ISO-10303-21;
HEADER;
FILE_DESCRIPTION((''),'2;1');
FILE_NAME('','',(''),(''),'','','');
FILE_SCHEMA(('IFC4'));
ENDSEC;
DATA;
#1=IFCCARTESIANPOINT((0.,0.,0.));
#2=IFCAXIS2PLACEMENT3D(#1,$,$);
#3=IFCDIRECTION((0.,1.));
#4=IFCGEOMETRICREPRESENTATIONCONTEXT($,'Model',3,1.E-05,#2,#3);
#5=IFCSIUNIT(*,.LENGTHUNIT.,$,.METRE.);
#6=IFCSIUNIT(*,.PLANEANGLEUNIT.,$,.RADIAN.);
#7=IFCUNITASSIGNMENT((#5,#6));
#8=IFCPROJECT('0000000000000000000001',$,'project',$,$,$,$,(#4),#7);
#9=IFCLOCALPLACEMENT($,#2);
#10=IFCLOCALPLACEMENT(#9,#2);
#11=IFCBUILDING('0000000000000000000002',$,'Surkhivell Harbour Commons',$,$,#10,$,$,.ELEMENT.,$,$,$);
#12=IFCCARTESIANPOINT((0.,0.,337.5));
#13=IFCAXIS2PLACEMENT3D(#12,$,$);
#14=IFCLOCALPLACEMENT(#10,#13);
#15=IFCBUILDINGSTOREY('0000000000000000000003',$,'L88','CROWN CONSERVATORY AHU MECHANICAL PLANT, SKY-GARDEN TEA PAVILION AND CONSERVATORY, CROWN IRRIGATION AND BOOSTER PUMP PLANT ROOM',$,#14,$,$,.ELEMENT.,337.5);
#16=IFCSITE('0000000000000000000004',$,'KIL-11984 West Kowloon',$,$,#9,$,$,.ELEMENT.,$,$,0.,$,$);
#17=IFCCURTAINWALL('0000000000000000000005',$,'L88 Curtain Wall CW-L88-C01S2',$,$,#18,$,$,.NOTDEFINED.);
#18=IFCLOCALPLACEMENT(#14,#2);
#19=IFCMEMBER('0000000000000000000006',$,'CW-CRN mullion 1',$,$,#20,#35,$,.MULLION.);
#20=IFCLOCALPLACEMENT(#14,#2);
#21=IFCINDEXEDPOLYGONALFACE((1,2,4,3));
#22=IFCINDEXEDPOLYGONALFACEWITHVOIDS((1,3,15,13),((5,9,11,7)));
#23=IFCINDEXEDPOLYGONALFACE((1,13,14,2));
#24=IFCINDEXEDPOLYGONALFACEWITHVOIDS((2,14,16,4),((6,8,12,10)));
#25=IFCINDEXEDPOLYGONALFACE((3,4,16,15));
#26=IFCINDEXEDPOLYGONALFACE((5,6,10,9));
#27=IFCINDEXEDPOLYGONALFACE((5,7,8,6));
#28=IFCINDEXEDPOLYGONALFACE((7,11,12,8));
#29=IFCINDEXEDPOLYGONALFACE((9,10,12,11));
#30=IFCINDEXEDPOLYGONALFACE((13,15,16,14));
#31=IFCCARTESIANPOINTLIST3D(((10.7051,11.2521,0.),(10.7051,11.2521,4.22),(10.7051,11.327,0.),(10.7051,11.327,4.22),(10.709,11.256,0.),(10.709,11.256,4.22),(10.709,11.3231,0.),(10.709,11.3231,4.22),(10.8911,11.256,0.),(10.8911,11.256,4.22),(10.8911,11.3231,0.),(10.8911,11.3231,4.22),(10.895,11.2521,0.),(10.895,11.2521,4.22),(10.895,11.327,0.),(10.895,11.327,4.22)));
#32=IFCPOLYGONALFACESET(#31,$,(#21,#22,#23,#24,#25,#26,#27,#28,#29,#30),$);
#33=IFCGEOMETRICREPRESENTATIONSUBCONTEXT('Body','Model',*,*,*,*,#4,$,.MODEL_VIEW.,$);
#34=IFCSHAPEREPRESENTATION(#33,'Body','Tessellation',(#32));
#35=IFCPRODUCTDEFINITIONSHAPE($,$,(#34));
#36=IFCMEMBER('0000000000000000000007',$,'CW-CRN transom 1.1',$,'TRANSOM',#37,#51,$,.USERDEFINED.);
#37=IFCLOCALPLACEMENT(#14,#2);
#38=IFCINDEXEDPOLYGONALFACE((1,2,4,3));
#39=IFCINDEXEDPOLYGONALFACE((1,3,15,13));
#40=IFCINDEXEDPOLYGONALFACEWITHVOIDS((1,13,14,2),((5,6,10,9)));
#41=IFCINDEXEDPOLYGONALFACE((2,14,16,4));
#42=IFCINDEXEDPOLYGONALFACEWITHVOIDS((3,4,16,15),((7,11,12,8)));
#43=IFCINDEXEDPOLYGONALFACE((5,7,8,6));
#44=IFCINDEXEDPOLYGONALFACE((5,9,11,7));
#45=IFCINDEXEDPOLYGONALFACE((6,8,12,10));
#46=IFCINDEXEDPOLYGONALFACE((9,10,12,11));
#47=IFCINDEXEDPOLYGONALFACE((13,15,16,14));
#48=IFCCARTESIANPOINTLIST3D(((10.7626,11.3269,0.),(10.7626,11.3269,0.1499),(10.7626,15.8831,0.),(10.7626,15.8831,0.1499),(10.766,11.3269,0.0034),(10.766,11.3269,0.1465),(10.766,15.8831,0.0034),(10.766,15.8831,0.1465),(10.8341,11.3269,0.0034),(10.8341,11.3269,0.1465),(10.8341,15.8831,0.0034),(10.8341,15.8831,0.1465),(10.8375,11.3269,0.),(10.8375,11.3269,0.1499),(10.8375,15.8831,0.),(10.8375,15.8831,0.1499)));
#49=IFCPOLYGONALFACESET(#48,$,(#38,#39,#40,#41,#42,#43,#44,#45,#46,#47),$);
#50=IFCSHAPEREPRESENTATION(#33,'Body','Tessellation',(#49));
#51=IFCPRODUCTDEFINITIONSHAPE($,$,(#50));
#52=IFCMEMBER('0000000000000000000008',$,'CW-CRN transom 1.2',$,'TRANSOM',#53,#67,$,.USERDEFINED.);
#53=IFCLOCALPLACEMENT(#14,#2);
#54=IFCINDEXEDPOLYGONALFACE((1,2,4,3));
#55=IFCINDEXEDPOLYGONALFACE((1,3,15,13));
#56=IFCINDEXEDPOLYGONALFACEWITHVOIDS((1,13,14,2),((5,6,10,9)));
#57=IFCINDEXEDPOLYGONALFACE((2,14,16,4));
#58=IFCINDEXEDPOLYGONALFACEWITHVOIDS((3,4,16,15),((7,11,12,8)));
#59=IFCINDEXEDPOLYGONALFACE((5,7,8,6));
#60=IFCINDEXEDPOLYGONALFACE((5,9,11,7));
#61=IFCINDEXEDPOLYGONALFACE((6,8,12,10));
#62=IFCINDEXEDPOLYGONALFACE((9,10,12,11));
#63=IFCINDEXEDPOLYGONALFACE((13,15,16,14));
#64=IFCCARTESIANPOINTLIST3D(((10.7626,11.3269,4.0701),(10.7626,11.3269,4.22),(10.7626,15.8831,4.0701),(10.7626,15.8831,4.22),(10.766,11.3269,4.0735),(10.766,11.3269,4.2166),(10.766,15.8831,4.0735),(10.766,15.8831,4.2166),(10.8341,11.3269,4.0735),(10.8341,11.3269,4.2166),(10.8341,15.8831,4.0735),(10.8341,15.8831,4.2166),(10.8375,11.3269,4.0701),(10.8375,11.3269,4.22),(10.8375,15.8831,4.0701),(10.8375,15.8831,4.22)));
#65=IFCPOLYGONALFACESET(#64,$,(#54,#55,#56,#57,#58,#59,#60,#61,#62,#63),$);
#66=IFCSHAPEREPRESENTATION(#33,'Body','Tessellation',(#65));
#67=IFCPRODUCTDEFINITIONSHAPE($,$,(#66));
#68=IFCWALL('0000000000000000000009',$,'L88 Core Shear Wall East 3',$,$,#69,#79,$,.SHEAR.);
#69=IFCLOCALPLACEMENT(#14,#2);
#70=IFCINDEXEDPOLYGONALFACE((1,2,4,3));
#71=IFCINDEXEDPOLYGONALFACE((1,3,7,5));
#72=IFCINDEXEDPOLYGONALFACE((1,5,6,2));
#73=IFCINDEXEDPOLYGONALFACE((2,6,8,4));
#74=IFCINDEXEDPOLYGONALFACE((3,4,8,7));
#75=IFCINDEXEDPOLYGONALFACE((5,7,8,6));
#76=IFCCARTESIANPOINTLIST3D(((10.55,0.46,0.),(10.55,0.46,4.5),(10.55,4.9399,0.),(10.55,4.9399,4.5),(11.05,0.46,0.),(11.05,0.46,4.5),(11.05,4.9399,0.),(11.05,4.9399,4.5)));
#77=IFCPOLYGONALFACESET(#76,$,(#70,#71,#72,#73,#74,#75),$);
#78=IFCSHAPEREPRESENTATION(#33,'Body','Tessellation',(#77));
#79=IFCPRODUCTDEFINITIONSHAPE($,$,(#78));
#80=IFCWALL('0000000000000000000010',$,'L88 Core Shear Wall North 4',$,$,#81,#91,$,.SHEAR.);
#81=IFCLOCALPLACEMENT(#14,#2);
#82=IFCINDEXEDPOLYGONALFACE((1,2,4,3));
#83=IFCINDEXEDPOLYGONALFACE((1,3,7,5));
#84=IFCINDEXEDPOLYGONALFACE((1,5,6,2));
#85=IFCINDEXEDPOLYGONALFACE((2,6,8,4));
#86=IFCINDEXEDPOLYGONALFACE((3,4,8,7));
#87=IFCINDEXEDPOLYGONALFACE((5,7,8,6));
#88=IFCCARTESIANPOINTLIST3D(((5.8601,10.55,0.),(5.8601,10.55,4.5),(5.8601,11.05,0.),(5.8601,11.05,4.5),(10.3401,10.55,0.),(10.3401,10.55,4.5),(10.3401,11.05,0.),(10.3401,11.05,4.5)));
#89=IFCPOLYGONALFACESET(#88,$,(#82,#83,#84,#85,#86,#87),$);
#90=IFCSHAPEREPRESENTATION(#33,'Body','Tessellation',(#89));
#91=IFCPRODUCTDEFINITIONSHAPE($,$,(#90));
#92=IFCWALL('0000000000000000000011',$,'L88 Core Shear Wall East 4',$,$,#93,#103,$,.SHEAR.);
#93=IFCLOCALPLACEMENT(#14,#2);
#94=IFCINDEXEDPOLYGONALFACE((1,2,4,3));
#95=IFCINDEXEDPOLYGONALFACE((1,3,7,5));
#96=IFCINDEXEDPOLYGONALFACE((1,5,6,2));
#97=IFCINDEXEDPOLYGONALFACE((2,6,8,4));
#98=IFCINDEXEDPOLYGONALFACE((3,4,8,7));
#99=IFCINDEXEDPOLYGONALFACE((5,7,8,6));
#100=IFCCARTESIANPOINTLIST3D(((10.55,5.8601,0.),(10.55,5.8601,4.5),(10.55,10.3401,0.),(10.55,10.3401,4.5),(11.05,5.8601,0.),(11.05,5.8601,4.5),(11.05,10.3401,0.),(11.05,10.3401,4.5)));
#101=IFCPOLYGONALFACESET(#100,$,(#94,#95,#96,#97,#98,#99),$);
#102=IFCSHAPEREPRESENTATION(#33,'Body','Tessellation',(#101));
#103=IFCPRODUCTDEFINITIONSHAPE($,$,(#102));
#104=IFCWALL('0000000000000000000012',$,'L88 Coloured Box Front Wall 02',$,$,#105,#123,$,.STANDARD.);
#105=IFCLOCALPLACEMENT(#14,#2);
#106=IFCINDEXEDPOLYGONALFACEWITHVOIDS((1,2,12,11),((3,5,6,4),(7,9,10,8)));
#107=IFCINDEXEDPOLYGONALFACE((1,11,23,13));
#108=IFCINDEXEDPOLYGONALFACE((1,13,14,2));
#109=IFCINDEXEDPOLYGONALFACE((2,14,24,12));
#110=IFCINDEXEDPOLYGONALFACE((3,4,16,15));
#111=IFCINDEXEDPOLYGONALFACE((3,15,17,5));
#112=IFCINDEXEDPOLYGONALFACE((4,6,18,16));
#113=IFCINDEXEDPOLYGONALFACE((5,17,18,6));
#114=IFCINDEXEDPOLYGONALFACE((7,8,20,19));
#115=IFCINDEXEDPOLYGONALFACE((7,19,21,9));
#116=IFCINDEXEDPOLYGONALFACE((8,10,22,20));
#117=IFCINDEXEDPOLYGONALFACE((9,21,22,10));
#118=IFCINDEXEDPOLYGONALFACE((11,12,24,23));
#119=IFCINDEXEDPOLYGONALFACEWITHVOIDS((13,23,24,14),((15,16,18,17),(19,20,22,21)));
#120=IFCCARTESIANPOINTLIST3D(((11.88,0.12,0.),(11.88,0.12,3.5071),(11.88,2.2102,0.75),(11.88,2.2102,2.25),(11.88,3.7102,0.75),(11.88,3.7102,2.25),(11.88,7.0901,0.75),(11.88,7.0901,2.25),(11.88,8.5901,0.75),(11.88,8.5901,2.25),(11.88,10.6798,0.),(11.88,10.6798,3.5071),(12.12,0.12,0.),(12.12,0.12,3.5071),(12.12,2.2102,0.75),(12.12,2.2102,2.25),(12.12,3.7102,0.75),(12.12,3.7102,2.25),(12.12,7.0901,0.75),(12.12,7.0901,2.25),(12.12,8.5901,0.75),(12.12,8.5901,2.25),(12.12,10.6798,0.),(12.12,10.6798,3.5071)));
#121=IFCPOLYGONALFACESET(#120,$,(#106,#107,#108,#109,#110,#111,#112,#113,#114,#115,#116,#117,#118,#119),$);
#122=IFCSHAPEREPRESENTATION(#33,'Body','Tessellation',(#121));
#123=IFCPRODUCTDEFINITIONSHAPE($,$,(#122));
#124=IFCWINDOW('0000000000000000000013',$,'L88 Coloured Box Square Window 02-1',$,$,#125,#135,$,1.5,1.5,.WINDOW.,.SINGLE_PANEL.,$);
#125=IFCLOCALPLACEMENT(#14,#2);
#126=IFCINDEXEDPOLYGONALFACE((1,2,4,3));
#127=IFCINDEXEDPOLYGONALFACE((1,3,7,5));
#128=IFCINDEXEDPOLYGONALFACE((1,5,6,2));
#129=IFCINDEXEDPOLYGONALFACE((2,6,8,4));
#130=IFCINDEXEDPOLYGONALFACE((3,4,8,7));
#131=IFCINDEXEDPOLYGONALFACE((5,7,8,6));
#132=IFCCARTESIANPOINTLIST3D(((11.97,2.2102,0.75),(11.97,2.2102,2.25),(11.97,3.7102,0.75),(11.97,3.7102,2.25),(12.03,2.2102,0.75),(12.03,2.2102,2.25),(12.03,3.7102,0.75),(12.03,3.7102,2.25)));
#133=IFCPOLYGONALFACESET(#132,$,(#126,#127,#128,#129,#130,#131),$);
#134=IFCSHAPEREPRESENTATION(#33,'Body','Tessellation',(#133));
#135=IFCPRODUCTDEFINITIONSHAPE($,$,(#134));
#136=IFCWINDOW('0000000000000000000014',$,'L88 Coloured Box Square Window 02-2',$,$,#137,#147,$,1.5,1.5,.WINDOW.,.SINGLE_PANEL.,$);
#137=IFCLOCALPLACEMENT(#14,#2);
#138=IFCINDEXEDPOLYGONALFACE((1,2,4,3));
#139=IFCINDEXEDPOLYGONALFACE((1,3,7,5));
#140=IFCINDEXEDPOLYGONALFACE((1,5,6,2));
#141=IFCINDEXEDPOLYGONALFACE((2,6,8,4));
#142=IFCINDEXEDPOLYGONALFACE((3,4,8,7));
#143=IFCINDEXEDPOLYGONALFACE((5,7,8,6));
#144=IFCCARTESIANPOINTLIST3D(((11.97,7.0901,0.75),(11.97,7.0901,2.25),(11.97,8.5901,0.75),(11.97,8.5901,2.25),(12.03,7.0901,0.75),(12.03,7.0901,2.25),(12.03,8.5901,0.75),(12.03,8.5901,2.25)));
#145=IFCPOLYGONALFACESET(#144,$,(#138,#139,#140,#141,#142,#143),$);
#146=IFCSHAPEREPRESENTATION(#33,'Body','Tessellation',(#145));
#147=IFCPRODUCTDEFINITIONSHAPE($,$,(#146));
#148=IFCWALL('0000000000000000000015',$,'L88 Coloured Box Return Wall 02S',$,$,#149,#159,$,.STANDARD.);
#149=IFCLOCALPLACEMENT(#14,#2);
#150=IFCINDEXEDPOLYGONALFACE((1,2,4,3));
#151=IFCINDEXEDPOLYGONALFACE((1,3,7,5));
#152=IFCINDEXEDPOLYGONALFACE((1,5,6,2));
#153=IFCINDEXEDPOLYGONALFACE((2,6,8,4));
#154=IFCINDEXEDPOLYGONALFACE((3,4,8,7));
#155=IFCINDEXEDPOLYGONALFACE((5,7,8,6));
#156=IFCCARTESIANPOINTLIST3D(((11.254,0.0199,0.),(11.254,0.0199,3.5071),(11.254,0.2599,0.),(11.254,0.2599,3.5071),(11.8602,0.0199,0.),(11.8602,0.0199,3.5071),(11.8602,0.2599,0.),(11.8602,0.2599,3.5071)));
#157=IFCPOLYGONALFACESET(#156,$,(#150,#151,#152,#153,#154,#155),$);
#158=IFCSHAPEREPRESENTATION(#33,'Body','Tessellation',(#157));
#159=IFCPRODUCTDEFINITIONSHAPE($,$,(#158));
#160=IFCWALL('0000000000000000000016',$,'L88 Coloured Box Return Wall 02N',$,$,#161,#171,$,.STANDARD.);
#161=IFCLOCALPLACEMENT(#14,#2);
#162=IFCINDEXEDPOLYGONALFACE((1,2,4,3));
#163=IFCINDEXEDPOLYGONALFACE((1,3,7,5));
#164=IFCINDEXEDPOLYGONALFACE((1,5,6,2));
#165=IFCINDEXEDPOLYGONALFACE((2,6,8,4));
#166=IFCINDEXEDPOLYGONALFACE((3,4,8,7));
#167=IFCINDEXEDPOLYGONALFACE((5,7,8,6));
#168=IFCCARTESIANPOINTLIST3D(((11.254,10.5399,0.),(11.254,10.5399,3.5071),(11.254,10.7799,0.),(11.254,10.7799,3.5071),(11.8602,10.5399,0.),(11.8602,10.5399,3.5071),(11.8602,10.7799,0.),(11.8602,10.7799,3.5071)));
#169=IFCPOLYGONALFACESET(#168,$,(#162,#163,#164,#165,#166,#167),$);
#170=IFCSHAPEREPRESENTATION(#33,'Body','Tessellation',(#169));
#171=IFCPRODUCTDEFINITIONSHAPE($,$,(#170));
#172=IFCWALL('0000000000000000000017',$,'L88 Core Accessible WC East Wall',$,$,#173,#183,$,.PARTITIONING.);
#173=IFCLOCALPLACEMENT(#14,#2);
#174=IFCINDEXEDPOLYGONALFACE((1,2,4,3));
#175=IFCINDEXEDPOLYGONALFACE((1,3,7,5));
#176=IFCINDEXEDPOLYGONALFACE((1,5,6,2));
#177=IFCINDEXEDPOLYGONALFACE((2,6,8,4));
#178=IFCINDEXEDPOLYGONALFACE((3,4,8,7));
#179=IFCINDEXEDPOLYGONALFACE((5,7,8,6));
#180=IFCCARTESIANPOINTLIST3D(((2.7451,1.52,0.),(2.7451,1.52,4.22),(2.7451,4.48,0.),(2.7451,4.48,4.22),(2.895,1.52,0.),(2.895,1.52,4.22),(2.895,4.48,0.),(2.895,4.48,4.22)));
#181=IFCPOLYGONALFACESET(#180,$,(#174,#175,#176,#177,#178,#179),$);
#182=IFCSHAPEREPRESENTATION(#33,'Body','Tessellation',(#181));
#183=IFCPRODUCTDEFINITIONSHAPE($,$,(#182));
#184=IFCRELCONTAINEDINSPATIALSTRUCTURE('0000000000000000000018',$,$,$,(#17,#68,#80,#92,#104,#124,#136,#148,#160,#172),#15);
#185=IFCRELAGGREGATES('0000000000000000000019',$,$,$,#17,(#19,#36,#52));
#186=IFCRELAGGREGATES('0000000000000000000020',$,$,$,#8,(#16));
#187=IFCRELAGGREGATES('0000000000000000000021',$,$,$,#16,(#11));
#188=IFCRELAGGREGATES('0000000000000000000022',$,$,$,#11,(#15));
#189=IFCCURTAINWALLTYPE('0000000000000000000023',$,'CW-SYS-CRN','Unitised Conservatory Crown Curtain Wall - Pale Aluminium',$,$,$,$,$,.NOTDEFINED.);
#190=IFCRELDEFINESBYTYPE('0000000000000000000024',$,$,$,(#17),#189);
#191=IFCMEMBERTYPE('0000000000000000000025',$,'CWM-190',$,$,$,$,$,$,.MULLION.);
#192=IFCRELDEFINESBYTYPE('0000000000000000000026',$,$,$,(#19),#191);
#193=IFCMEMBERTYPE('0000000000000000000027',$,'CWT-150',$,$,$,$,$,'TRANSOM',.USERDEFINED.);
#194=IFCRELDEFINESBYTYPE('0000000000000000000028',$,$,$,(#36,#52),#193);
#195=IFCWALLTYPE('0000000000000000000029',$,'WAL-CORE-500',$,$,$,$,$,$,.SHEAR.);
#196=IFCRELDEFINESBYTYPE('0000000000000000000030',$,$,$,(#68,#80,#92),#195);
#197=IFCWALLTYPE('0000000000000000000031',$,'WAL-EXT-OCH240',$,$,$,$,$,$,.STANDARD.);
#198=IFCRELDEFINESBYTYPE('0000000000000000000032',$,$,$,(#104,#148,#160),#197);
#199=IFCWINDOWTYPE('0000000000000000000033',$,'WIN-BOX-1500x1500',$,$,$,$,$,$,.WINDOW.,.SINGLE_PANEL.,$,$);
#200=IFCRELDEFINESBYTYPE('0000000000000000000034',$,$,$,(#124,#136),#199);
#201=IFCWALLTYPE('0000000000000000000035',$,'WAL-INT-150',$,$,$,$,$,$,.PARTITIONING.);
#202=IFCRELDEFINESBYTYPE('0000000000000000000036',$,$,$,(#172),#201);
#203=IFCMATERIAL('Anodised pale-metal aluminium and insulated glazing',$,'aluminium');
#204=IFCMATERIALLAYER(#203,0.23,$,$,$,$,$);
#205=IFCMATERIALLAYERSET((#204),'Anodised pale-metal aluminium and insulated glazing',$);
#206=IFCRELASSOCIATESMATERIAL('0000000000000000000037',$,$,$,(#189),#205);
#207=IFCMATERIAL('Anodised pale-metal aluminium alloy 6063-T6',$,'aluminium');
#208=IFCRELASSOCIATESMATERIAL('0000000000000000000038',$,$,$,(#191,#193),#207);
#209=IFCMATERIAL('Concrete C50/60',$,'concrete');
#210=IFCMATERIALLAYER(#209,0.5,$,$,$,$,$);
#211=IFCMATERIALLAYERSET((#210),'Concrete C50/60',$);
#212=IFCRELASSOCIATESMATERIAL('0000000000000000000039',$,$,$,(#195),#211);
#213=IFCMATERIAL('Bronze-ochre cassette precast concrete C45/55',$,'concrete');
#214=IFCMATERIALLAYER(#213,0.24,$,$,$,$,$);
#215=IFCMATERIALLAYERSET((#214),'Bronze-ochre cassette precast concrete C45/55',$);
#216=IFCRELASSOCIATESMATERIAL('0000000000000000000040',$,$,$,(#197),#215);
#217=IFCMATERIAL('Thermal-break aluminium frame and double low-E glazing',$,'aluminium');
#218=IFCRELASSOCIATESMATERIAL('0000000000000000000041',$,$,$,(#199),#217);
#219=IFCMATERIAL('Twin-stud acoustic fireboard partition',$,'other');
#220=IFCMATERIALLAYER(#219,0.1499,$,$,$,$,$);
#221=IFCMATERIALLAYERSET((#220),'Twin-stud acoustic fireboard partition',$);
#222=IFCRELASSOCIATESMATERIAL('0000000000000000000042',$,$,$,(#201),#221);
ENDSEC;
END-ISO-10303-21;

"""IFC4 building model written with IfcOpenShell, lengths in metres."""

from ifc_helpers import new_model, si_unit, direction, frame, frame_2d, origin, origin_2d, place, context, subcontext, project, spatial, rectangle, hollow_rectangle, extrude, material, layer, layer_set, material_profile, profile_set, type_object, element, fill, aggregate, save


model = new_model("IFC4")

# Units and contexts
model_context = context("Model", 3, precision=1e-05, world=origin(), true_north=direction((0.0, 1.0)))
body_context = subcontext(model_context, "Body", "Model", "MODEL_VIEW")
ifc_project = project(units=[si_unit("LENGTHUNIT", "METRE"), si_unit("PLANEANGLEUNIT", "RADIAN")], contexts=[model_context])

# Site, building, storey
site_placement = place(None, origin())
site = spatial("IfcSite", under=ifc_project, at=site_placement, Name="KIL-11984 West Kowloon", CompositionType="ELEMENT", RefElevation=0.0)
building_placement = place(site_placement, origin())
building = spatial("IfcBuilding", under=site, at=building_placement, Name="Surkhivell Harbour Commons", CompositionType="ELEMENT")
storey_placement = place(building_placement, frame((0.0, 0.0, 337.5)))
storey = spatial("IfcBuildingStorey", under=building, at=storey_placement, Name="L88", Description="CROWN CONSERVATORY AHU MECHANICAL PLANT, SKY-GARDEN TEA PAVILION AND CONSERVATORY, CROWN IRRIGATION AND BOOSTER PUMP PLANT ROOM", CompositionType="ELEMENT", Elevation=337.5)

# Curtain wall, members
ifc_material_1 = material(Name="Anodised pale-metal aluminium and insulated glazing", Category="aluminium")
ifc_layer_1 = layer(ifc_material_1, 0.23)
ifc_layer_set_1 = layer_set([ifc_layer_1], Name="Anodised pale-metal aluminium and insulated glazing")
curtain_wall_type = type_object("IfcCurtainWallType", Name="CW-SYS-CRN", Description="Unitised Conservatory Crown Curtain Wall - Pale Aluminium", PredefinedType="NOTDEFINED", material=ifc_layer_set_1)
curtain_wall_placement = place(storey_placement, origin())
curtain_wall = element("IfcCurtainWall", 1, at=curtain_wall_placement, inside=storey, type_object=curtain_wall_type, Name="L88 Curtain Wall CW-L88-C01S2", PredefinedType="NOTDEFINED")
ifc_material_2 = material(Name="Anodised pale-metal aluminium alloy 6063-T6", Category="aluminium")
ifc_material_profile_1 = material_profile(ifc_material_2, hollow_rectangle(XDim=0.075, YDim=0.1899, WallThickness=0.0039, at=origin_2d()), Name="ALU-MULL-75x190")
ifc_profile_set_1 = profile_set([ifc_material_profile_1], Name="Anodised pale-metal aluminium alloy 6063-T6")
member_type_1 = type_object("IfcMemberType", Name="CWM-190", PredefinedType="MULLION", material=ifc_profile_set_1)
member_1_placement = place(storey_placement, frame((10.8, 11.2896, 0.0), z_axis=(0.0, 0.0, 1.0), x_axis=(0.0, 1.0, 0.0)))
member_1 = element("IfcMember", 2, at=member_1_placement, type_object=member_type_1, Name="CW-CRN mullion 1", PredefinedType="MULLION", context=body_context, shape_type="SweptSolid", body=[
    extrude(hollow_rectangle(XDim=0.075, YDim=0.1899, WallThickness=0.0039, at=origin_2d()), origin(), (0.0, 0.0, 1.0), 4.22),
])
ifc_material_profile_2 = material_profile(ifc_material_2, hollow_rectangle(XDim=0.075, YDim=0.1499, WallThickness=0.0034, at=origin_2d()), Name="ALU-TRAN-75x150")
ifc_profile_set_2 = profile_set([ifc_material_profile_2], Name="Anodised pale-metal aluminium alloy 6063-T6")
member_type_2 = type_object("IfcMemberType", Name="CWT-150", ElementType="TRANSOM", PredefinedType="USERDEFINED", material=ifc_profile_set_2)
member_2_placement = place(storey_placement, frame((10.8, 11.3269, 0.075), z_axis=(0.0, 1.0, 0.0), x_axis=(-1.0, 0.0, 0.0)))
member_2 = element("IfcMember", 3, at=member_2_placement, type_object=member_type_2, Name="CW-CRN transom 1.1", ObjectType="TRANSOM", PredefinedType="USERDEFINED", context=body_context, shape_type="SweptSolid", body=[
    extrude(hollow_rectangle(XDim=0.075, YDim=0.1499, WallThickness=0.0034, at=origin_2d()), origin(), (0.0, 0.0, 1.0), 4.5562),
])
member_3_placement = place(storey_placement, frame((10.8, 11.3269, 4.145), z_axis=(0.0, 1.0, 0.0), x_axis=(-1.0, 0.0, 0.0)))
member_3 = element("IfcMember", 4, at=member_3_placement, type_object=member_type_2, Name="CW-CRN transom 1.2", ObjectType="TRANSOM", PredefinedType="USERDEFINED", context=body_context, shape_type="SweptSolid", body=[
    extrude(hollow_rectangle(XDim=0.075, YDim=0.1499, WallThickness=0.0034, at=origin_2d()), origin(), (0.0, 0.0, 1.0), 4.5562),
])
aggregate(curtain_wall, [member_1, member_2, member_3])

# Walls
ifc_material_3 = material(Name="Concrete C50/60", Category="concrete")
ifc_layer_2 = layer(ifc_material_3, 0.5)
ifc_layer_set_2 = layer_set([ifc_layer_2], Name="Concrete C50/60")
wall_type_1 = type_object("IfcWallType", Name="WAL-CORE-500", PredefinedType="SHEAR", material=ifc_layer_set_2)
for number, where, z_axis, x_axis, name in (
    (5, (10.8, 0.46, 0.0), (0.0, 0.0, 1.0), (0.0, 1.0, 0.0), "L88 Core Shear Wall East 3"),
    (6, (5.8601, 10.8, 0.0), (0.0, 0.0, 1.0), (1.0, 0.0, 0.0), "L88 Core Shear Wall North 4"),
    (7, (10.8, 5.8601, 0.0), (0.0, 0.0, 1.0), (0.0, 1.0, 0.0), "L88 Core Shear Wall East 4"),
):
    element("IfcWall", number, at=place(storey_placement, frame(where, z_axis=z_axis, x_axis=x_axis)), inside=storey, type_object=wall_type_1, Name=name, PredefinedType="SHEAR", context=body_context, shape_type="SweptSolid", body=[
        extrude(rectangle(XDim=4.48, YDim=0.5, at=frame_2d((2.24, 0.0))), origin(), (0.0, 0.0, 1.0), 4.5),
    ])

# Wall, openings, windows
ifc_material_4 = material(Name="Bronze-ochre cassette precast concrete C45/55", Category="concrete")
ifc_layer_3 = layer(ifc_material_4, 0.24)
ifc_layer_set_3 = layer_set([ifc_layer_3], Name="Bronze-ochre cassette precast concrete C45/55")
wall_type_2 = type_object("IfcWallType", Name="WAL-EXT-OCH240", PredefinedType="STANDARD", material=ifc_layer_set_3)
wall_1_placement = place(storey_placement, frame((12.0, 0.1201, 0.0), z_axis=(0.0, 0.0, 1.0), x_axis=(0.0, 1.0, 0.0)))
wall_1 = element("IfcWall", 8, at=wall_1_placement, inside=storey, type_object=wall_type_2, Name="L88 Coloured Box Front Wall 02", PredefinedType="STANDARD", context=body_context, shape_type="SweptSolid", body=[
    extrude(rectangle(XDim=10.5598, YDim=0.24, at=frame_2d((5.2798, 0.0))), origin(), (0.0, 0.0, 1.0), 3.5071),
])
opening_1_placement = place(wall_1_placement, frame((2.0901, 0.0, 0.75)))
opening_1 = element("IfcOpeningElement", 9, at=opening_1_placement, cuts=wall_1, PredefinedType="OPENING", context=body_context, shape_type="SweptSolid", body=[
    extrude(rectangle(XDim=1.5, YDim=1.5, at=frame_2d((0.75, 0.75))), frame((0.0, 0.1299, 0.0), z_axis=(0.0, -1.0, 0.0), x_axis=(1.0, 0.0, 0.0)), (0.0, 0.0, 1.0), 0.26),
])
opening_2_placement = place(wall_1_placement, frame((6.97, 0.0, 0.75)))
opening_2 = element("IfcOpeningElement", 10, at=opening_2_placement, cuts=wall_1, PredefinedType="OPENING", context=body_context, shape_type="SweptSolid", body=[
    extrude(rectangle(XDim=1.5, YDim=1.5, at=frame_2d((0.75, 0.75))), frame((0.0, 0.1299, 0.0), z_axis=(0.0, -1.0, 0.0), x_axis=(1.0, 0.0, 0.0)), (0.0, 0.0, 1.0), 0.26),
])
ifc_material_5 = material(Name="Thermal-break aluminium frame and double low-E glazing", Category="aluminium")
window_type = type_object("IfcWindowType", Name="WIN-BOX-1500x1500", PartitioningType="SINGLE_PANEL", PredefinedType="WINDOW", material=ifc_material_5)
window_1_placement = place(opening_1_placement, origin())
window_1 = element("IfcWindow", 11, at=window_1_placement, inside=storey, type_object=window_type, Name="L88 Coloured Box Square Window 02-1", OverallHeight=1.5, OverallWidth=1.5, PartitioningType="SINGLE_PANEL", PredefinedType="WINDOW", context=body_context, shape_type="SweptSolid", body=[
    extrude(rectangle(XDim=1.5, YDim=1.5, at=frame_2d((0.75, 0.75))), frame((0.0, 0.03, 0.0), z_axis=(0.0, -1.0, 0.0), x_axis=(1.0, 0.0, 0.0)), (0.0, 0.0, 1.0), 0.0601),
])
fill(opening_1, window_1)
window_2_placement = place(opening_2_placement, origin())
window_2 = element("IfcWindow", 12, at=window_2_placement, inside=storey, type_object=window_type, Name="L88 Coloured Box Square Window 02-2", OverallHeight=1.5, OverallWidth=1.5, PartitioningType="SINGLE_PANEL", PredefinedType="WINDOW", context=body_context, shape_type="SweptSolid", body=[
    extrude(rectangle(XDim=1.5, YDim=1.5, at=frame_2d((0.75, 0.75))), frame((0.0, 0.03, 0.0), z_axis=(0.0, -1.0, 0.0), x_axis=(1.0, 0.0, 0.0)), (0.0, 0.0, 1.0), 0.0601),
])
fill(opening_2, window_2)

# Walls
for number, where, z_axis, x_axis, name in (
    (13, (11.2539, 0.1399, 0.0), (0.0, 0.0, 1.0), (1.0, 0.0, 0.0), "L88 Coloured Box Return Wall 02S"),
    (14, (11.2539, 10.6599, 0.0), (0.0, 0.0, 1.0), (1.0, 0.0, 0.0), "L88 Coloured Box Return Wall 02N"),
):
    element("IfcWall", number, at=place(storey_placement, frame(where, z_axis=z_axis, x_axis=x_axis)), inside=storey, type_object=wall_type_2, Name=name, PredefinedType="STANDARD", context=body_context, shape_type="SweptSolid", body=[
        extrude(rectangle(XDim=0.6062, YDim=0.24, at=frame_2d((0.3032, 0.0))), origin(), (0.0, 0.0, 1.0), 3.5071),
    ])
ifc_material_6 = material(Name="Twin-stud acoustic fireboard partition", Category="other")
ifc_layer_4 = layer(ifc_material_6, 0.1499)
ifc_layer_set_4 = layer_set([ifc_layer_4], Name="Twin-stud acoustic fireboard partition")
wall_type_3 = type_object("IfcWallType", Name="WAL-INT-150", PredefinedType="PARTITIONING", material=ifc_layer_set_4)
wall_2_placement = place(storey_placement, frame((2.8201, 1.52, 0.0), z_axis=(0.0, 0.0, 1.0), x_axis=(0.0, 1.0, 0.0)))
element("IfcWall", 15, at=wall_2_placement, inside=storey, type_object=wall_type_3, Name="L88 Core Accessible WC East Wall", PredefinedType="PARTITIONING", context=body_context, shape_type="SweptSolid", body=[
    extrude(rectangle(XDim=2.96, YDim=0.1499, at=frame_2d((1.48, 0.0))), origin(), (0.0, 0.0, 1.0), 4.22),
])

save(model, "model.ifc")
